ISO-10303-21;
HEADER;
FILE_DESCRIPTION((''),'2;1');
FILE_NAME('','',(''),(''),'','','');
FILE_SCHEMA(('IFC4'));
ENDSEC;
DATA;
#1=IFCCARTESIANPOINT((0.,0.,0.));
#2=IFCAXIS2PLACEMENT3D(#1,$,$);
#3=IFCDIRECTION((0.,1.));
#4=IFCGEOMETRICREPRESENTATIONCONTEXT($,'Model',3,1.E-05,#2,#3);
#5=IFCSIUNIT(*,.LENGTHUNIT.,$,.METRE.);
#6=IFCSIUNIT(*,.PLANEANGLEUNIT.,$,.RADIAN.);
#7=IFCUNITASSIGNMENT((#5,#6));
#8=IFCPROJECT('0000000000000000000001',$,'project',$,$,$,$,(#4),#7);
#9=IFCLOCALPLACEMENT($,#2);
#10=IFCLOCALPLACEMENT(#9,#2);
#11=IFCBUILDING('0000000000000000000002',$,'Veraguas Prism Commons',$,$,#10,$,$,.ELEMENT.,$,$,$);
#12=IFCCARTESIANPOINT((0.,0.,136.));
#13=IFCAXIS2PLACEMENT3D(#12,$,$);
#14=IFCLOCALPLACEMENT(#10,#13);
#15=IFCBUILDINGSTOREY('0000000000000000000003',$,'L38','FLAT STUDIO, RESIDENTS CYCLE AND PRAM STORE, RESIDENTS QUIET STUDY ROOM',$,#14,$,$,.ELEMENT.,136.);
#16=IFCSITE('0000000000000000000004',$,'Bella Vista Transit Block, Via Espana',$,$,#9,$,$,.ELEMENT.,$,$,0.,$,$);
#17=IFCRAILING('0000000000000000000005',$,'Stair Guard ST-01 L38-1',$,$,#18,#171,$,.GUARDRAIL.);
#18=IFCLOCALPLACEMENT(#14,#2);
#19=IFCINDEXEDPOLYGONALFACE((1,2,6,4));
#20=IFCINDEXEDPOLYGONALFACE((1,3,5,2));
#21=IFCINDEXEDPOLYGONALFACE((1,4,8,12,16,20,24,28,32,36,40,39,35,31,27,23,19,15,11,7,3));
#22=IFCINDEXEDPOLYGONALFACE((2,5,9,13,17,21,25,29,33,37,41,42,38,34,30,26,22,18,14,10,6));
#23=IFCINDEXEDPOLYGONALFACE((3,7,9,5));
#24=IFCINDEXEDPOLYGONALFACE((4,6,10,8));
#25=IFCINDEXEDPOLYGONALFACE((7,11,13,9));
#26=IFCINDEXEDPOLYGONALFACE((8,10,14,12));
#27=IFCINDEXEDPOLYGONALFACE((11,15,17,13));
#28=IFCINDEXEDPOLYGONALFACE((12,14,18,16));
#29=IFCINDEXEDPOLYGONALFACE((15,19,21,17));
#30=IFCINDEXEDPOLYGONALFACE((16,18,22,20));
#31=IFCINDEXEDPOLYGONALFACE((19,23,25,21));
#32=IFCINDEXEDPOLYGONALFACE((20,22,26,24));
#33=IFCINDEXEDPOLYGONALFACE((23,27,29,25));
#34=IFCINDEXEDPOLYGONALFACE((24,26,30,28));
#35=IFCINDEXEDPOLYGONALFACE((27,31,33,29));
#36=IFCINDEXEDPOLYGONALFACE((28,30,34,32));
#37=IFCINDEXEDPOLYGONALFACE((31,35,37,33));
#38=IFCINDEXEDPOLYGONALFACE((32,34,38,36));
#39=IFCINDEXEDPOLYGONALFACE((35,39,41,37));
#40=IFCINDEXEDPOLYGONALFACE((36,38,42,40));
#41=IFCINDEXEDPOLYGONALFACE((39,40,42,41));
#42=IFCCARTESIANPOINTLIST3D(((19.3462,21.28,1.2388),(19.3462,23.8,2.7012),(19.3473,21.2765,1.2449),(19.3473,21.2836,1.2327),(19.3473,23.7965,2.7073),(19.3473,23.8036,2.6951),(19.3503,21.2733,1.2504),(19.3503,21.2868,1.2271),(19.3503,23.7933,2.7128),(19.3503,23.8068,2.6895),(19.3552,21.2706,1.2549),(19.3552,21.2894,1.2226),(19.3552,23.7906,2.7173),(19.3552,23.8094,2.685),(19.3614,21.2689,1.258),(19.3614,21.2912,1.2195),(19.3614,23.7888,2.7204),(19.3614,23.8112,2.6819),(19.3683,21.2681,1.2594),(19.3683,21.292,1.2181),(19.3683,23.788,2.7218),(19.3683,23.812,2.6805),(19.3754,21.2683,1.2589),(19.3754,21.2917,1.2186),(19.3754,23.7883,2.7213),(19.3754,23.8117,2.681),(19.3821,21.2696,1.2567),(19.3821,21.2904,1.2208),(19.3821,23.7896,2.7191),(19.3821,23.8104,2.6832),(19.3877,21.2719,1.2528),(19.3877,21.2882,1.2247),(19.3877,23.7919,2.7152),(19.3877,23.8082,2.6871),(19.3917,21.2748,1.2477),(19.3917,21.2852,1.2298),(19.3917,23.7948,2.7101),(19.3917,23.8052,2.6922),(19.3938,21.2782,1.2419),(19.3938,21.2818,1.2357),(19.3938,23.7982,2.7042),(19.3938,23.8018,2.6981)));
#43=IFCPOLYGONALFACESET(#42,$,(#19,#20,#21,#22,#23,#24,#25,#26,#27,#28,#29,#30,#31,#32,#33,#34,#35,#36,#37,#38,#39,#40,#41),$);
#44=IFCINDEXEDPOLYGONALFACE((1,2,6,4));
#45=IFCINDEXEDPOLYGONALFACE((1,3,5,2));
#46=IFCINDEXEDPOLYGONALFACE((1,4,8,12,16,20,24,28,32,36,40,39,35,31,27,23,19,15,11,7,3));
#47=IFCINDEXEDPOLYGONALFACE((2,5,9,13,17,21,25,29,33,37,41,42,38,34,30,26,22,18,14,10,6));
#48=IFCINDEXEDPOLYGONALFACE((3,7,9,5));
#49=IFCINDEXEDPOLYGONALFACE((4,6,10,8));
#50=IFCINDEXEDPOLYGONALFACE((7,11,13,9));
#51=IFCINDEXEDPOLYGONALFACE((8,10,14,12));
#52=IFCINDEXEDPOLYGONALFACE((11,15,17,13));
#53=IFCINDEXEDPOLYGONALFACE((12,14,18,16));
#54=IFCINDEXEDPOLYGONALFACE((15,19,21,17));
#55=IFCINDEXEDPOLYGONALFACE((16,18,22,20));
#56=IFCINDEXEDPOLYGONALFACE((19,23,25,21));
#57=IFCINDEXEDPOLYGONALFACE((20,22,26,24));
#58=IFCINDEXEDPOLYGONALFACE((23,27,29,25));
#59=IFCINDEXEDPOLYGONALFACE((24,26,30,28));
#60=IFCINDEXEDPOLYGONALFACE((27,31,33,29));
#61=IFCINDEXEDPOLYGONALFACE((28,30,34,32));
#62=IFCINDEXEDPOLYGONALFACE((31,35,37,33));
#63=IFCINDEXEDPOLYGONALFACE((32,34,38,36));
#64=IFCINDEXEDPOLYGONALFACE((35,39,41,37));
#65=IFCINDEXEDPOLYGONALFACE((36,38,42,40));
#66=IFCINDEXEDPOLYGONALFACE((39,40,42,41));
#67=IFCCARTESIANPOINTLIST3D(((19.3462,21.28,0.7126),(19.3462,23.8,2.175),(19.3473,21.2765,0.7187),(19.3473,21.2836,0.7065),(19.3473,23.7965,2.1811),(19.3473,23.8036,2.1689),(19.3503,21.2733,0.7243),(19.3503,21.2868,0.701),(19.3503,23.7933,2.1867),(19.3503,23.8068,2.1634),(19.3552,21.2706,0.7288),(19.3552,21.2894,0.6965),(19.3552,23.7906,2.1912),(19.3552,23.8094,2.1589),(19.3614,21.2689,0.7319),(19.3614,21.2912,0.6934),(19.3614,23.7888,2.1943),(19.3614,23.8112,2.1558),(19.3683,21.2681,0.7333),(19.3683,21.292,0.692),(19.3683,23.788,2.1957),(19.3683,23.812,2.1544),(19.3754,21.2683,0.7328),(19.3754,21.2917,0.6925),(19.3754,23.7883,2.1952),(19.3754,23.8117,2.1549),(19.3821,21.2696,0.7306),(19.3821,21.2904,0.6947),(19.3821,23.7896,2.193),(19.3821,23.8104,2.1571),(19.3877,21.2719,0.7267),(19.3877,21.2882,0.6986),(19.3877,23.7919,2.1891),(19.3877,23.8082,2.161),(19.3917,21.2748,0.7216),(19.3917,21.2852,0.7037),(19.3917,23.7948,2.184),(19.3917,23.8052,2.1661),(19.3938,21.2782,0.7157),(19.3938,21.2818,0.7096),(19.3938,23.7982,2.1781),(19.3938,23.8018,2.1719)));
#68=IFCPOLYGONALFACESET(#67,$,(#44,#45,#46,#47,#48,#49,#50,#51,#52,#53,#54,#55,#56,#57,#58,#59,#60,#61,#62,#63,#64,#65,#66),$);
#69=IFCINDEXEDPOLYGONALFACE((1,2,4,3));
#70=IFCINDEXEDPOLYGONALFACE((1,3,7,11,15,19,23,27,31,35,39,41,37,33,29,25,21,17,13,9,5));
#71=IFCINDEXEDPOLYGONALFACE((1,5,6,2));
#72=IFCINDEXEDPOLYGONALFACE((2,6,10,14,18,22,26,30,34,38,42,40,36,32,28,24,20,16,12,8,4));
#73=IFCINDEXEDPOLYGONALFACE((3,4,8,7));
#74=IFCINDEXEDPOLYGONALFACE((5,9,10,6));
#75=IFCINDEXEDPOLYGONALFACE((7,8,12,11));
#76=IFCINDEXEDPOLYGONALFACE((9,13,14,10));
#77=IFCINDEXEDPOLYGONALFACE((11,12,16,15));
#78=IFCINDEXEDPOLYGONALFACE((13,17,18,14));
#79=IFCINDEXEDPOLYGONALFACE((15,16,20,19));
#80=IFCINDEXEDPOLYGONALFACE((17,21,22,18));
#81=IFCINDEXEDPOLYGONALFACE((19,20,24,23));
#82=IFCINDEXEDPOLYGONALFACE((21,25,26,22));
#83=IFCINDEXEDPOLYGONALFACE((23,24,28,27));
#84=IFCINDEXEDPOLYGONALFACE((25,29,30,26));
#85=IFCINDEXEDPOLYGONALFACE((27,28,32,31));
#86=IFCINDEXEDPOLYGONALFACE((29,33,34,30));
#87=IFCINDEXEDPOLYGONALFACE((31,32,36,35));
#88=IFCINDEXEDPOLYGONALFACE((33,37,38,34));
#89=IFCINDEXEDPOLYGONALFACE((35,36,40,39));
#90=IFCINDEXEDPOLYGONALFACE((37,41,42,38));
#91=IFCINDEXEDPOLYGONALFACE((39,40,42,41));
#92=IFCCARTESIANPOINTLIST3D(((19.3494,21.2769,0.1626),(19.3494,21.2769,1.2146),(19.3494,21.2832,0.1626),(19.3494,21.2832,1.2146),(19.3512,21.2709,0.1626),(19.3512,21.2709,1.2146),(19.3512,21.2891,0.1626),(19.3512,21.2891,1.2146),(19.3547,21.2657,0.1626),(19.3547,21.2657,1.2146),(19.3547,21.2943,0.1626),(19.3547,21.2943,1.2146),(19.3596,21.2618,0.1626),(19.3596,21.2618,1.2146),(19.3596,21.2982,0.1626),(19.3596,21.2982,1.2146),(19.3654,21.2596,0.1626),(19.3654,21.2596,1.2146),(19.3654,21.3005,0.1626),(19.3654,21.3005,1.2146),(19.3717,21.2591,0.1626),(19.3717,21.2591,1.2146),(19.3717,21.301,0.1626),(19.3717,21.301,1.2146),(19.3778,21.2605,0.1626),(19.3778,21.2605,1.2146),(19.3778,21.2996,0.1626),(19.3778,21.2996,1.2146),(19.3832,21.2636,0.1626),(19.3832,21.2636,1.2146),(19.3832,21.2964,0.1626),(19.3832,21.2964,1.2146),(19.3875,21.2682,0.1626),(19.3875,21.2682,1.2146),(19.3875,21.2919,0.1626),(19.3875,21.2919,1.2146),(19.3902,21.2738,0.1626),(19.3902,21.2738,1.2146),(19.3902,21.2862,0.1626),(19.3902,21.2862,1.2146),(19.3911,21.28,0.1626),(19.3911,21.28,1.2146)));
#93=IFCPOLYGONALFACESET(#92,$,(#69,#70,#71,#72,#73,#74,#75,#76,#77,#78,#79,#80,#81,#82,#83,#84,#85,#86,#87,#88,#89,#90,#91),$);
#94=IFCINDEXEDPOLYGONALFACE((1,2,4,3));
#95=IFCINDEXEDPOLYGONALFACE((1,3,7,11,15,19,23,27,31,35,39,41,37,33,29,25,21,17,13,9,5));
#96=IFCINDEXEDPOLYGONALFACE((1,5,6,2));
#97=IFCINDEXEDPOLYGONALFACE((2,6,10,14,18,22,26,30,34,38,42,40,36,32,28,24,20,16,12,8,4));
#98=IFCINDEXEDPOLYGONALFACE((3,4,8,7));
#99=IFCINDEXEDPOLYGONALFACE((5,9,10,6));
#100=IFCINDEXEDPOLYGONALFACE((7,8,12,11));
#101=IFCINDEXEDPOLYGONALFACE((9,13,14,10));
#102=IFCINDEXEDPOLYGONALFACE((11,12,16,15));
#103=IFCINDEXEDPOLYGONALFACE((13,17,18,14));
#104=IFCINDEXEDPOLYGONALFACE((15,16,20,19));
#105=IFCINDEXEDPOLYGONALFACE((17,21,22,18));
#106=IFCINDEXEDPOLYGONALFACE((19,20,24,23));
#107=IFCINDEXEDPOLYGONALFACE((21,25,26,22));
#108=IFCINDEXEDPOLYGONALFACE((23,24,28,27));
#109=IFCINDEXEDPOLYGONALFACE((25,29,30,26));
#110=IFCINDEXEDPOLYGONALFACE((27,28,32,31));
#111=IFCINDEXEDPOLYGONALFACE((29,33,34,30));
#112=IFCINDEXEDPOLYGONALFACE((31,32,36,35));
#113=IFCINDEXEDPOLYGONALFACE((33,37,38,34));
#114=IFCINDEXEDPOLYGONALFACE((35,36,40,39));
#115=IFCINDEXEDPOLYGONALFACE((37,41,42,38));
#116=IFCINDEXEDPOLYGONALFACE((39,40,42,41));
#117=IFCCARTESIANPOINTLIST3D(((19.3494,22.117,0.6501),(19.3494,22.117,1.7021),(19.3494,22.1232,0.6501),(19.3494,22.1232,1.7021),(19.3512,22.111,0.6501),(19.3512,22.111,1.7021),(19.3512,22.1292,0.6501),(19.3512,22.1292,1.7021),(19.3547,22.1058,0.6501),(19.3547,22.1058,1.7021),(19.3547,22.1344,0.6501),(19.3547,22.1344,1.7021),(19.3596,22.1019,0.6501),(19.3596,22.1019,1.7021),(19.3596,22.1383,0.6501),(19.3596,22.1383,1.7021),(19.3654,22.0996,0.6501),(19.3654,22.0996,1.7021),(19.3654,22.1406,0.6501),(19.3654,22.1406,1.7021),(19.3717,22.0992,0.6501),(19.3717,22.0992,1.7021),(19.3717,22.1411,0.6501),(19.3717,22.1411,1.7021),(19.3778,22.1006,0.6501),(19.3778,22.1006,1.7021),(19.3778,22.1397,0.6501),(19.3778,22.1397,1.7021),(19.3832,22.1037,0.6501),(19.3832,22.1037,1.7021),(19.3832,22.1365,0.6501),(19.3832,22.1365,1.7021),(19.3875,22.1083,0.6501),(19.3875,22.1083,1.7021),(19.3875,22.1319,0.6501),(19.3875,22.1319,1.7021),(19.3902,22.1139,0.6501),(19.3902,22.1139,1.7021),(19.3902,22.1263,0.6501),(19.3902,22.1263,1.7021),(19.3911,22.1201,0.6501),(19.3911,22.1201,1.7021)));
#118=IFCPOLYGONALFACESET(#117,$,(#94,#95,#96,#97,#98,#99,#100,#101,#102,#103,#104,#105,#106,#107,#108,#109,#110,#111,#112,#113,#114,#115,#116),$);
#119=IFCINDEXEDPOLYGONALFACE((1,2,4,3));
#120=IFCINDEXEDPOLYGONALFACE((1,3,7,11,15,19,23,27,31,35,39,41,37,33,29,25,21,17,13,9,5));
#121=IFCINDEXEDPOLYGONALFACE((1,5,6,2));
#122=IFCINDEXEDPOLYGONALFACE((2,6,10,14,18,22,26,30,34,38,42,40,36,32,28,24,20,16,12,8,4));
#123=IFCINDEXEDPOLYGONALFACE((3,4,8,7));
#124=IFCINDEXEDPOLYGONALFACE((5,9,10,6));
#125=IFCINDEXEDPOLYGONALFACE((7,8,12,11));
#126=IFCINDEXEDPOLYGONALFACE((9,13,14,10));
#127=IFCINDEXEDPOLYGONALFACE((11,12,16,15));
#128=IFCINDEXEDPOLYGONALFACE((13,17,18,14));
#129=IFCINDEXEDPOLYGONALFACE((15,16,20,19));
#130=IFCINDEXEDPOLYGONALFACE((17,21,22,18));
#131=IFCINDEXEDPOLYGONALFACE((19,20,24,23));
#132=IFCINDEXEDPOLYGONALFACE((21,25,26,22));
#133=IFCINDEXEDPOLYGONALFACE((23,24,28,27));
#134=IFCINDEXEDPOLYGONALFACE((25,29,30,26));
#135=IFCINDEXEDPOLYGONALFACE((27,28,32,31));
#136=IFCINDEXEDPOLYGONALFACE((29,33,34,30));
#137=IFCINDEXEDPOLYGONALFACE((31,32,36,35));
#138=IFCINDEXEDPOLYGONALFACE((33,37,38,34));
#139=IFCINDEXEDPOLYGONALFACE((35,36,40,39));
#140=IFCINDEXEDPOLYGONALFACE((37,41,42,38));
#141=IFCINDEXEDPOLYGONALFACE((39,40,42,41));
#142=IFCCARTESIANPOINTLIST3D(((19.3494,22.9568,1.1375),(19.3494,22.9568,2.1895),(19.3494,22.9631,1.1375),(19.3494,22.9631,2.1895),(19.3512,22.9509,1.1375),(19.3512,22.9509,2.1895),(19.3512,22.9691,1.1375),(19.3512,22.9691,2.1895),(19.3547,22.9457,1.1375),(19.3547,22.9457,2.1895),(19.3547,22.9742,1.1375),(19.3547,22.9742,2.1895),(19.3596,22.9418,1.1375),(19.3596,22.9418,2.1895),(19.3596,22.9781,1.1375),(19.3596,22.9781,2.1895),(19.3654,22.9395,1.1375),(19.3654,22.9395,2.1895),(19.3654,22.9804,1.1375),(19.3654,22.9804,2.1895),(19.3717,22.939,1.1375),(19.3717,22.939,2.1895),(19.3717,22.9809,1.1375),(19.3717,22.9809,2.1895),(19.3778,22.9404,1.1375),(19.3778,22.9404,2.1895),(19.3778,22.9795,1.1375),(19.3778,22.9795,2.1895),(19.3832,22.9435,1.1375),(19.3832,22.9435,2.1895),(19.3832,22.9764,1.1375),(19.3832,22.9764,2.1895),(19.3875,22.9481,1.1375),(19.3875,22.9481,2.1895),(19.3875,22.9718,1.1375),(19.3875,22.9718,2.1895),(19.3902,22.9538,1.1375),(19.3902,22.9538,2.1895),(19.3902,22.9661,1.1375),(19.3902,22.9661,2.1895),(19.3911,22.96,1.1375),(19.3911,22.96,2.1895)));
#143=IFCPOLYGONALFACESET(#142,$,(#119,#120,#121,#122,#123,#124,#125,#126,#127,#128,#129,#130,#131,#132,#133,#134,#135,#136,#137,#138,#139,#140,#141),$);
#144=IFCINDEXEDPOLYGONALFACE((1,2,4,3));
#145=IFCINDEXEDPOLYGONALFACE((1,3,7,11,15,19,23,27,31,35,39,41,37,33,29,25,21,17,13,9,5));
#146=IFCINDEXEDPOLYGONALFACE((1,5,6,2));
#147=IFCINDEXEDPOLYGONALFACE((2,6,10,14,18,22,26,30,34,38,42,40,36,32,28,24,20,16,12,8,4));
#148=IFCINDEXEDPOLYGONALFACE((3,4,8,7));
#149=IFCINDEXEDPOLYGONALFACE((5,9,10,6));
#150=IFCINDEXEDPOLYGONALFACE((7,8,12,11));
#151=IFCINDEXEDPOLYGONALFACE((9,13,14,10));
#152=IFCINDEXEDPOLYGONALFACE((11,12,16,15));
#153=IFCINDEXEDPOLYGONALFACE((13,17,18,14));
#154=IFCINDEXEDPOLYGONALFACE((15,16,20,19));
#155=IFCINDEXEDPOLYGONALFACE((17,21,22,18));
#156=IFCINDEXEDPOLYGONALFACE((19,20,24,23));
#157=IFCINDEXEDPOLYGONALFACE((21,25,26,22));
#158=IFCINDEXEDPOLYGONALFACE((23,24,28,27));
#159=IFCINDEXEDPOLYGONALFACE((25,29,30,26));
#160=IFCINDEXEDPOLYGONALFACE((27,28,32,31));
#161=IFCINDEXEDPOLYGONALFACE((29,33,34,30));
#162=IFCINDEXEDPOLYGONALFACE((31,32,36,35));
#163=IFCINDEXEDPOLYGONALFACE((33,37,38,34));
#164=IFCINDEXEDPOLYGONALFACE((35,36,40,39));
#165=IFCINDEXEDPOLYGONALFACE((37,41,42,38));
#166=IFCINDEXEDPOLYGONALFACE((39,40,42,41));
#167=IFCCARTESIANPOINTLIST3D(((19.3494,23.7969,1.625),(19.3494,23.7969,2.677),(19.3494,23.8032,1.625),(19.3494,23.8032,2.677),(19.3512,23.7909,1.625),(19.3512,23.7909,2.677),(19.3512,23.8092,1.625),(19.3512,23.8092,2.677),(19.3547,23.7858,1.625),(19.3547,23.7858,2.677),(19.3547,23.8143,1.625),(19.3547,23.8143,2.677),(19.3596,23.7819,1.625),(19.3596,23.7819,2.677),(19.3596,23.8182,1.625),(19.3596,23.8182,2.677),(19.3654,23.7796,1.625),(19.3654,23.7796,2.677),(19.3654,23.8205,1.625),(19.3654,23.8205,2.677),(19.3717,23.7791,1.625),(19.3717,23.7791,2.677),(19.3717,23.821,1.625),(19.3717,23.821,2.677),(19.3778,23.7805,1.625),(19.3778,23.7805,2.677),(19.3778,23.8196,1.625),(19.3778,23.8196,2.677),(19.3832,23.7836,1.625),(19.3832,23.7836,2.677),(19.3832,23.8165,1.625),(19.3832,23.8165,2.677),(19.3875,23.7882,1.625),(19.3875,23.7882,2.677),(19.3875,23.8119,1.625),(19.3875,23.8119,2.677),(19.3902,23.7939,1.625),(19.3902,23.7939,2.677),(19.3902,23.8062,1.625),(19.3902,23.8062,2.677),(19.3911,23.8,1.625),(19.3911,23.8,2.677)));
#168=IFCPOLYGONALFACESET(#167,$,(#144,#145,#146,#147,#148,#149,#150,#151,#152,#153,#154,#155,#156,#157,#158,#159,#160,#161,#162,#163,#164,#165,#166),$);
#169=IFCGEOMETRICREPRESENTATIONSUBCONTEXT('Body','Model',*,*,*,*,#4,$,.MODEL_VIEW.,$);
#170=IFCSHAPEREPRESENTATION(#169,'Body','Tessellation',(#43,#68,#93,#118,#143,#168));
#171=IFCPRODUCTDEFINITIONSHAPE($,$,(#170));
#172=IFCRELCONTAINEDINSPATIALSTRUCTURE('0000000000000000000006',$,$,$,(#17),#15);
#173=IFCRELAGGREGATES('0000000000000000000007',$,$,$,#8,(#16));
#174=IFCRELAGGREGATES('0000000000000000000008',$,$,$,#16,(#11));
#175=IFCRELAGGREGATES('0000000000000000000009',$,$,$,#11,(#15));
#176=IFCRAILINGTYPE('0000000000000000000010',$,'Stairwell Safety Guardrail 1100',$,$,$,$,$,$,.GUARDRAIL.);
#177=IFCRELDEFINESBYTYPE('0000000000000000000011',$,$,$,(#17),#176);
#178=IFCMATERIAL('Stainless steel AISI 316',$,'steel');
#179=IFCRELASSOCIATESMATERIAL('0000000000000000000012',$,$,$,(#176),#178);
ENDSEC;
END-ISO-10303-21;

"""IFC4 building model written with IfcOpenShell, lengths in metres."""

from ifc_helpers import new_model, si_unit, direction, frame, origin, origin_2d, place, context, subcontext, project, spatial, circle, extrude, material, type_object, element, save


model = new_model("IFC4")

# Units and contexts
model_context = context("Model", 3, precision=1e-05, world=origin(), true_north=direction((0.0, 1.0)))
body_context = subcontext(model_context, "Body", "Model", "MODEL_VIEW")
ifc_project = project(units=[si_unit("LENGTHUNIT", "METRE"), si_unit("PLANEANGLEUNIT", "RADIAN")], contexts=[model_context])

# Site, building, storey
site_placement = place(None, origin())
site = spatial("IfcSite", under=ifc_project, at=site_placement, Name="Bella Vista Transit Block, Via Espana", CompositionType="ELEMENT", RefElevation=0.0)
building_placement = place(site_placement, origin())
building = spatial("IfcBuilding", under=site, at=building_placement, Name="Veraguas Prism Commons", CompositionType="ELEMENT")
storey_placement = place(building_placement, frame((0.0, 0.0, 136.0)))
storey = spatial("IfcBuildingStorey", under=building, at=storey_placement, Name="L38", Description="FLAT STUDIO, RESIDENTS CYCLE AND PRAM STORE, RESIDENTS QUIET STUDY ROOM", CompositionType="ELEMENT", Elevation=136.0)

# Railing
ifc_material_1 = material(Name="Stainless steel AISI 316", Category="steel")
railing_type_1 = type_object("IfcRailingType", Name="Stairwell Safety Guardrail 1100", PredefinedType="GUARDRAIL", material=ifc_material_1)
railing_1_placement = place(storey_placement, frame((19.3701, 21.28, 0.1626)))
element("IfcRailing", 1, at=railing_1_placement, inside=storey, type_object=railing_type_1, Name="Stair Guard ST-01 L38-1", PredefinedType="GUARDRAIL", context=body_context, shape_type="SweptSolid", body=[
    extrude(circle(Radius=0.0239, at=origin_2d()), frame((0.0, 0.0, 1.0762), z_axis=(0.0, 0.864913, 0.501921), x_axis=(-1.0, 0.0, 0.0)), (0.0, 0.0, 1.0), 2.9136),
    extrude(circle(Radius=0.0239, at=origin_2d()), frame((0.0, 0.0, 0.55), z_axis=(0.0, 0.864913, 0.501921), x_axis=(-1.0, 0.0, 0.0)), (0.0, 0.0, 1.0), 2.9136),
    extrude(circle(Radius=0.021, at=origin_2d()), origin(), (0.0, 0.0, 1.0), 1.052),
    extrude(circle(Radius=0.021, at=origin_2d()), frame((0.0, 0.8401, 0.4875)), (0.0, 0.0, 1.0), 1.052),
    extrude(circle(Radius=0.021, at=origin_2d()), frame((0.0, 1.6799, 0.9749)), (0.0, 0.0, 1.0), 1.052),
    extrude(circle(Radius=0.021, at=origin_2d()), frame((0.0, 2.52, 1.4624)), (0.0, 0.0, 1.0), 1.052),
])

save(model, "model.ifc")
